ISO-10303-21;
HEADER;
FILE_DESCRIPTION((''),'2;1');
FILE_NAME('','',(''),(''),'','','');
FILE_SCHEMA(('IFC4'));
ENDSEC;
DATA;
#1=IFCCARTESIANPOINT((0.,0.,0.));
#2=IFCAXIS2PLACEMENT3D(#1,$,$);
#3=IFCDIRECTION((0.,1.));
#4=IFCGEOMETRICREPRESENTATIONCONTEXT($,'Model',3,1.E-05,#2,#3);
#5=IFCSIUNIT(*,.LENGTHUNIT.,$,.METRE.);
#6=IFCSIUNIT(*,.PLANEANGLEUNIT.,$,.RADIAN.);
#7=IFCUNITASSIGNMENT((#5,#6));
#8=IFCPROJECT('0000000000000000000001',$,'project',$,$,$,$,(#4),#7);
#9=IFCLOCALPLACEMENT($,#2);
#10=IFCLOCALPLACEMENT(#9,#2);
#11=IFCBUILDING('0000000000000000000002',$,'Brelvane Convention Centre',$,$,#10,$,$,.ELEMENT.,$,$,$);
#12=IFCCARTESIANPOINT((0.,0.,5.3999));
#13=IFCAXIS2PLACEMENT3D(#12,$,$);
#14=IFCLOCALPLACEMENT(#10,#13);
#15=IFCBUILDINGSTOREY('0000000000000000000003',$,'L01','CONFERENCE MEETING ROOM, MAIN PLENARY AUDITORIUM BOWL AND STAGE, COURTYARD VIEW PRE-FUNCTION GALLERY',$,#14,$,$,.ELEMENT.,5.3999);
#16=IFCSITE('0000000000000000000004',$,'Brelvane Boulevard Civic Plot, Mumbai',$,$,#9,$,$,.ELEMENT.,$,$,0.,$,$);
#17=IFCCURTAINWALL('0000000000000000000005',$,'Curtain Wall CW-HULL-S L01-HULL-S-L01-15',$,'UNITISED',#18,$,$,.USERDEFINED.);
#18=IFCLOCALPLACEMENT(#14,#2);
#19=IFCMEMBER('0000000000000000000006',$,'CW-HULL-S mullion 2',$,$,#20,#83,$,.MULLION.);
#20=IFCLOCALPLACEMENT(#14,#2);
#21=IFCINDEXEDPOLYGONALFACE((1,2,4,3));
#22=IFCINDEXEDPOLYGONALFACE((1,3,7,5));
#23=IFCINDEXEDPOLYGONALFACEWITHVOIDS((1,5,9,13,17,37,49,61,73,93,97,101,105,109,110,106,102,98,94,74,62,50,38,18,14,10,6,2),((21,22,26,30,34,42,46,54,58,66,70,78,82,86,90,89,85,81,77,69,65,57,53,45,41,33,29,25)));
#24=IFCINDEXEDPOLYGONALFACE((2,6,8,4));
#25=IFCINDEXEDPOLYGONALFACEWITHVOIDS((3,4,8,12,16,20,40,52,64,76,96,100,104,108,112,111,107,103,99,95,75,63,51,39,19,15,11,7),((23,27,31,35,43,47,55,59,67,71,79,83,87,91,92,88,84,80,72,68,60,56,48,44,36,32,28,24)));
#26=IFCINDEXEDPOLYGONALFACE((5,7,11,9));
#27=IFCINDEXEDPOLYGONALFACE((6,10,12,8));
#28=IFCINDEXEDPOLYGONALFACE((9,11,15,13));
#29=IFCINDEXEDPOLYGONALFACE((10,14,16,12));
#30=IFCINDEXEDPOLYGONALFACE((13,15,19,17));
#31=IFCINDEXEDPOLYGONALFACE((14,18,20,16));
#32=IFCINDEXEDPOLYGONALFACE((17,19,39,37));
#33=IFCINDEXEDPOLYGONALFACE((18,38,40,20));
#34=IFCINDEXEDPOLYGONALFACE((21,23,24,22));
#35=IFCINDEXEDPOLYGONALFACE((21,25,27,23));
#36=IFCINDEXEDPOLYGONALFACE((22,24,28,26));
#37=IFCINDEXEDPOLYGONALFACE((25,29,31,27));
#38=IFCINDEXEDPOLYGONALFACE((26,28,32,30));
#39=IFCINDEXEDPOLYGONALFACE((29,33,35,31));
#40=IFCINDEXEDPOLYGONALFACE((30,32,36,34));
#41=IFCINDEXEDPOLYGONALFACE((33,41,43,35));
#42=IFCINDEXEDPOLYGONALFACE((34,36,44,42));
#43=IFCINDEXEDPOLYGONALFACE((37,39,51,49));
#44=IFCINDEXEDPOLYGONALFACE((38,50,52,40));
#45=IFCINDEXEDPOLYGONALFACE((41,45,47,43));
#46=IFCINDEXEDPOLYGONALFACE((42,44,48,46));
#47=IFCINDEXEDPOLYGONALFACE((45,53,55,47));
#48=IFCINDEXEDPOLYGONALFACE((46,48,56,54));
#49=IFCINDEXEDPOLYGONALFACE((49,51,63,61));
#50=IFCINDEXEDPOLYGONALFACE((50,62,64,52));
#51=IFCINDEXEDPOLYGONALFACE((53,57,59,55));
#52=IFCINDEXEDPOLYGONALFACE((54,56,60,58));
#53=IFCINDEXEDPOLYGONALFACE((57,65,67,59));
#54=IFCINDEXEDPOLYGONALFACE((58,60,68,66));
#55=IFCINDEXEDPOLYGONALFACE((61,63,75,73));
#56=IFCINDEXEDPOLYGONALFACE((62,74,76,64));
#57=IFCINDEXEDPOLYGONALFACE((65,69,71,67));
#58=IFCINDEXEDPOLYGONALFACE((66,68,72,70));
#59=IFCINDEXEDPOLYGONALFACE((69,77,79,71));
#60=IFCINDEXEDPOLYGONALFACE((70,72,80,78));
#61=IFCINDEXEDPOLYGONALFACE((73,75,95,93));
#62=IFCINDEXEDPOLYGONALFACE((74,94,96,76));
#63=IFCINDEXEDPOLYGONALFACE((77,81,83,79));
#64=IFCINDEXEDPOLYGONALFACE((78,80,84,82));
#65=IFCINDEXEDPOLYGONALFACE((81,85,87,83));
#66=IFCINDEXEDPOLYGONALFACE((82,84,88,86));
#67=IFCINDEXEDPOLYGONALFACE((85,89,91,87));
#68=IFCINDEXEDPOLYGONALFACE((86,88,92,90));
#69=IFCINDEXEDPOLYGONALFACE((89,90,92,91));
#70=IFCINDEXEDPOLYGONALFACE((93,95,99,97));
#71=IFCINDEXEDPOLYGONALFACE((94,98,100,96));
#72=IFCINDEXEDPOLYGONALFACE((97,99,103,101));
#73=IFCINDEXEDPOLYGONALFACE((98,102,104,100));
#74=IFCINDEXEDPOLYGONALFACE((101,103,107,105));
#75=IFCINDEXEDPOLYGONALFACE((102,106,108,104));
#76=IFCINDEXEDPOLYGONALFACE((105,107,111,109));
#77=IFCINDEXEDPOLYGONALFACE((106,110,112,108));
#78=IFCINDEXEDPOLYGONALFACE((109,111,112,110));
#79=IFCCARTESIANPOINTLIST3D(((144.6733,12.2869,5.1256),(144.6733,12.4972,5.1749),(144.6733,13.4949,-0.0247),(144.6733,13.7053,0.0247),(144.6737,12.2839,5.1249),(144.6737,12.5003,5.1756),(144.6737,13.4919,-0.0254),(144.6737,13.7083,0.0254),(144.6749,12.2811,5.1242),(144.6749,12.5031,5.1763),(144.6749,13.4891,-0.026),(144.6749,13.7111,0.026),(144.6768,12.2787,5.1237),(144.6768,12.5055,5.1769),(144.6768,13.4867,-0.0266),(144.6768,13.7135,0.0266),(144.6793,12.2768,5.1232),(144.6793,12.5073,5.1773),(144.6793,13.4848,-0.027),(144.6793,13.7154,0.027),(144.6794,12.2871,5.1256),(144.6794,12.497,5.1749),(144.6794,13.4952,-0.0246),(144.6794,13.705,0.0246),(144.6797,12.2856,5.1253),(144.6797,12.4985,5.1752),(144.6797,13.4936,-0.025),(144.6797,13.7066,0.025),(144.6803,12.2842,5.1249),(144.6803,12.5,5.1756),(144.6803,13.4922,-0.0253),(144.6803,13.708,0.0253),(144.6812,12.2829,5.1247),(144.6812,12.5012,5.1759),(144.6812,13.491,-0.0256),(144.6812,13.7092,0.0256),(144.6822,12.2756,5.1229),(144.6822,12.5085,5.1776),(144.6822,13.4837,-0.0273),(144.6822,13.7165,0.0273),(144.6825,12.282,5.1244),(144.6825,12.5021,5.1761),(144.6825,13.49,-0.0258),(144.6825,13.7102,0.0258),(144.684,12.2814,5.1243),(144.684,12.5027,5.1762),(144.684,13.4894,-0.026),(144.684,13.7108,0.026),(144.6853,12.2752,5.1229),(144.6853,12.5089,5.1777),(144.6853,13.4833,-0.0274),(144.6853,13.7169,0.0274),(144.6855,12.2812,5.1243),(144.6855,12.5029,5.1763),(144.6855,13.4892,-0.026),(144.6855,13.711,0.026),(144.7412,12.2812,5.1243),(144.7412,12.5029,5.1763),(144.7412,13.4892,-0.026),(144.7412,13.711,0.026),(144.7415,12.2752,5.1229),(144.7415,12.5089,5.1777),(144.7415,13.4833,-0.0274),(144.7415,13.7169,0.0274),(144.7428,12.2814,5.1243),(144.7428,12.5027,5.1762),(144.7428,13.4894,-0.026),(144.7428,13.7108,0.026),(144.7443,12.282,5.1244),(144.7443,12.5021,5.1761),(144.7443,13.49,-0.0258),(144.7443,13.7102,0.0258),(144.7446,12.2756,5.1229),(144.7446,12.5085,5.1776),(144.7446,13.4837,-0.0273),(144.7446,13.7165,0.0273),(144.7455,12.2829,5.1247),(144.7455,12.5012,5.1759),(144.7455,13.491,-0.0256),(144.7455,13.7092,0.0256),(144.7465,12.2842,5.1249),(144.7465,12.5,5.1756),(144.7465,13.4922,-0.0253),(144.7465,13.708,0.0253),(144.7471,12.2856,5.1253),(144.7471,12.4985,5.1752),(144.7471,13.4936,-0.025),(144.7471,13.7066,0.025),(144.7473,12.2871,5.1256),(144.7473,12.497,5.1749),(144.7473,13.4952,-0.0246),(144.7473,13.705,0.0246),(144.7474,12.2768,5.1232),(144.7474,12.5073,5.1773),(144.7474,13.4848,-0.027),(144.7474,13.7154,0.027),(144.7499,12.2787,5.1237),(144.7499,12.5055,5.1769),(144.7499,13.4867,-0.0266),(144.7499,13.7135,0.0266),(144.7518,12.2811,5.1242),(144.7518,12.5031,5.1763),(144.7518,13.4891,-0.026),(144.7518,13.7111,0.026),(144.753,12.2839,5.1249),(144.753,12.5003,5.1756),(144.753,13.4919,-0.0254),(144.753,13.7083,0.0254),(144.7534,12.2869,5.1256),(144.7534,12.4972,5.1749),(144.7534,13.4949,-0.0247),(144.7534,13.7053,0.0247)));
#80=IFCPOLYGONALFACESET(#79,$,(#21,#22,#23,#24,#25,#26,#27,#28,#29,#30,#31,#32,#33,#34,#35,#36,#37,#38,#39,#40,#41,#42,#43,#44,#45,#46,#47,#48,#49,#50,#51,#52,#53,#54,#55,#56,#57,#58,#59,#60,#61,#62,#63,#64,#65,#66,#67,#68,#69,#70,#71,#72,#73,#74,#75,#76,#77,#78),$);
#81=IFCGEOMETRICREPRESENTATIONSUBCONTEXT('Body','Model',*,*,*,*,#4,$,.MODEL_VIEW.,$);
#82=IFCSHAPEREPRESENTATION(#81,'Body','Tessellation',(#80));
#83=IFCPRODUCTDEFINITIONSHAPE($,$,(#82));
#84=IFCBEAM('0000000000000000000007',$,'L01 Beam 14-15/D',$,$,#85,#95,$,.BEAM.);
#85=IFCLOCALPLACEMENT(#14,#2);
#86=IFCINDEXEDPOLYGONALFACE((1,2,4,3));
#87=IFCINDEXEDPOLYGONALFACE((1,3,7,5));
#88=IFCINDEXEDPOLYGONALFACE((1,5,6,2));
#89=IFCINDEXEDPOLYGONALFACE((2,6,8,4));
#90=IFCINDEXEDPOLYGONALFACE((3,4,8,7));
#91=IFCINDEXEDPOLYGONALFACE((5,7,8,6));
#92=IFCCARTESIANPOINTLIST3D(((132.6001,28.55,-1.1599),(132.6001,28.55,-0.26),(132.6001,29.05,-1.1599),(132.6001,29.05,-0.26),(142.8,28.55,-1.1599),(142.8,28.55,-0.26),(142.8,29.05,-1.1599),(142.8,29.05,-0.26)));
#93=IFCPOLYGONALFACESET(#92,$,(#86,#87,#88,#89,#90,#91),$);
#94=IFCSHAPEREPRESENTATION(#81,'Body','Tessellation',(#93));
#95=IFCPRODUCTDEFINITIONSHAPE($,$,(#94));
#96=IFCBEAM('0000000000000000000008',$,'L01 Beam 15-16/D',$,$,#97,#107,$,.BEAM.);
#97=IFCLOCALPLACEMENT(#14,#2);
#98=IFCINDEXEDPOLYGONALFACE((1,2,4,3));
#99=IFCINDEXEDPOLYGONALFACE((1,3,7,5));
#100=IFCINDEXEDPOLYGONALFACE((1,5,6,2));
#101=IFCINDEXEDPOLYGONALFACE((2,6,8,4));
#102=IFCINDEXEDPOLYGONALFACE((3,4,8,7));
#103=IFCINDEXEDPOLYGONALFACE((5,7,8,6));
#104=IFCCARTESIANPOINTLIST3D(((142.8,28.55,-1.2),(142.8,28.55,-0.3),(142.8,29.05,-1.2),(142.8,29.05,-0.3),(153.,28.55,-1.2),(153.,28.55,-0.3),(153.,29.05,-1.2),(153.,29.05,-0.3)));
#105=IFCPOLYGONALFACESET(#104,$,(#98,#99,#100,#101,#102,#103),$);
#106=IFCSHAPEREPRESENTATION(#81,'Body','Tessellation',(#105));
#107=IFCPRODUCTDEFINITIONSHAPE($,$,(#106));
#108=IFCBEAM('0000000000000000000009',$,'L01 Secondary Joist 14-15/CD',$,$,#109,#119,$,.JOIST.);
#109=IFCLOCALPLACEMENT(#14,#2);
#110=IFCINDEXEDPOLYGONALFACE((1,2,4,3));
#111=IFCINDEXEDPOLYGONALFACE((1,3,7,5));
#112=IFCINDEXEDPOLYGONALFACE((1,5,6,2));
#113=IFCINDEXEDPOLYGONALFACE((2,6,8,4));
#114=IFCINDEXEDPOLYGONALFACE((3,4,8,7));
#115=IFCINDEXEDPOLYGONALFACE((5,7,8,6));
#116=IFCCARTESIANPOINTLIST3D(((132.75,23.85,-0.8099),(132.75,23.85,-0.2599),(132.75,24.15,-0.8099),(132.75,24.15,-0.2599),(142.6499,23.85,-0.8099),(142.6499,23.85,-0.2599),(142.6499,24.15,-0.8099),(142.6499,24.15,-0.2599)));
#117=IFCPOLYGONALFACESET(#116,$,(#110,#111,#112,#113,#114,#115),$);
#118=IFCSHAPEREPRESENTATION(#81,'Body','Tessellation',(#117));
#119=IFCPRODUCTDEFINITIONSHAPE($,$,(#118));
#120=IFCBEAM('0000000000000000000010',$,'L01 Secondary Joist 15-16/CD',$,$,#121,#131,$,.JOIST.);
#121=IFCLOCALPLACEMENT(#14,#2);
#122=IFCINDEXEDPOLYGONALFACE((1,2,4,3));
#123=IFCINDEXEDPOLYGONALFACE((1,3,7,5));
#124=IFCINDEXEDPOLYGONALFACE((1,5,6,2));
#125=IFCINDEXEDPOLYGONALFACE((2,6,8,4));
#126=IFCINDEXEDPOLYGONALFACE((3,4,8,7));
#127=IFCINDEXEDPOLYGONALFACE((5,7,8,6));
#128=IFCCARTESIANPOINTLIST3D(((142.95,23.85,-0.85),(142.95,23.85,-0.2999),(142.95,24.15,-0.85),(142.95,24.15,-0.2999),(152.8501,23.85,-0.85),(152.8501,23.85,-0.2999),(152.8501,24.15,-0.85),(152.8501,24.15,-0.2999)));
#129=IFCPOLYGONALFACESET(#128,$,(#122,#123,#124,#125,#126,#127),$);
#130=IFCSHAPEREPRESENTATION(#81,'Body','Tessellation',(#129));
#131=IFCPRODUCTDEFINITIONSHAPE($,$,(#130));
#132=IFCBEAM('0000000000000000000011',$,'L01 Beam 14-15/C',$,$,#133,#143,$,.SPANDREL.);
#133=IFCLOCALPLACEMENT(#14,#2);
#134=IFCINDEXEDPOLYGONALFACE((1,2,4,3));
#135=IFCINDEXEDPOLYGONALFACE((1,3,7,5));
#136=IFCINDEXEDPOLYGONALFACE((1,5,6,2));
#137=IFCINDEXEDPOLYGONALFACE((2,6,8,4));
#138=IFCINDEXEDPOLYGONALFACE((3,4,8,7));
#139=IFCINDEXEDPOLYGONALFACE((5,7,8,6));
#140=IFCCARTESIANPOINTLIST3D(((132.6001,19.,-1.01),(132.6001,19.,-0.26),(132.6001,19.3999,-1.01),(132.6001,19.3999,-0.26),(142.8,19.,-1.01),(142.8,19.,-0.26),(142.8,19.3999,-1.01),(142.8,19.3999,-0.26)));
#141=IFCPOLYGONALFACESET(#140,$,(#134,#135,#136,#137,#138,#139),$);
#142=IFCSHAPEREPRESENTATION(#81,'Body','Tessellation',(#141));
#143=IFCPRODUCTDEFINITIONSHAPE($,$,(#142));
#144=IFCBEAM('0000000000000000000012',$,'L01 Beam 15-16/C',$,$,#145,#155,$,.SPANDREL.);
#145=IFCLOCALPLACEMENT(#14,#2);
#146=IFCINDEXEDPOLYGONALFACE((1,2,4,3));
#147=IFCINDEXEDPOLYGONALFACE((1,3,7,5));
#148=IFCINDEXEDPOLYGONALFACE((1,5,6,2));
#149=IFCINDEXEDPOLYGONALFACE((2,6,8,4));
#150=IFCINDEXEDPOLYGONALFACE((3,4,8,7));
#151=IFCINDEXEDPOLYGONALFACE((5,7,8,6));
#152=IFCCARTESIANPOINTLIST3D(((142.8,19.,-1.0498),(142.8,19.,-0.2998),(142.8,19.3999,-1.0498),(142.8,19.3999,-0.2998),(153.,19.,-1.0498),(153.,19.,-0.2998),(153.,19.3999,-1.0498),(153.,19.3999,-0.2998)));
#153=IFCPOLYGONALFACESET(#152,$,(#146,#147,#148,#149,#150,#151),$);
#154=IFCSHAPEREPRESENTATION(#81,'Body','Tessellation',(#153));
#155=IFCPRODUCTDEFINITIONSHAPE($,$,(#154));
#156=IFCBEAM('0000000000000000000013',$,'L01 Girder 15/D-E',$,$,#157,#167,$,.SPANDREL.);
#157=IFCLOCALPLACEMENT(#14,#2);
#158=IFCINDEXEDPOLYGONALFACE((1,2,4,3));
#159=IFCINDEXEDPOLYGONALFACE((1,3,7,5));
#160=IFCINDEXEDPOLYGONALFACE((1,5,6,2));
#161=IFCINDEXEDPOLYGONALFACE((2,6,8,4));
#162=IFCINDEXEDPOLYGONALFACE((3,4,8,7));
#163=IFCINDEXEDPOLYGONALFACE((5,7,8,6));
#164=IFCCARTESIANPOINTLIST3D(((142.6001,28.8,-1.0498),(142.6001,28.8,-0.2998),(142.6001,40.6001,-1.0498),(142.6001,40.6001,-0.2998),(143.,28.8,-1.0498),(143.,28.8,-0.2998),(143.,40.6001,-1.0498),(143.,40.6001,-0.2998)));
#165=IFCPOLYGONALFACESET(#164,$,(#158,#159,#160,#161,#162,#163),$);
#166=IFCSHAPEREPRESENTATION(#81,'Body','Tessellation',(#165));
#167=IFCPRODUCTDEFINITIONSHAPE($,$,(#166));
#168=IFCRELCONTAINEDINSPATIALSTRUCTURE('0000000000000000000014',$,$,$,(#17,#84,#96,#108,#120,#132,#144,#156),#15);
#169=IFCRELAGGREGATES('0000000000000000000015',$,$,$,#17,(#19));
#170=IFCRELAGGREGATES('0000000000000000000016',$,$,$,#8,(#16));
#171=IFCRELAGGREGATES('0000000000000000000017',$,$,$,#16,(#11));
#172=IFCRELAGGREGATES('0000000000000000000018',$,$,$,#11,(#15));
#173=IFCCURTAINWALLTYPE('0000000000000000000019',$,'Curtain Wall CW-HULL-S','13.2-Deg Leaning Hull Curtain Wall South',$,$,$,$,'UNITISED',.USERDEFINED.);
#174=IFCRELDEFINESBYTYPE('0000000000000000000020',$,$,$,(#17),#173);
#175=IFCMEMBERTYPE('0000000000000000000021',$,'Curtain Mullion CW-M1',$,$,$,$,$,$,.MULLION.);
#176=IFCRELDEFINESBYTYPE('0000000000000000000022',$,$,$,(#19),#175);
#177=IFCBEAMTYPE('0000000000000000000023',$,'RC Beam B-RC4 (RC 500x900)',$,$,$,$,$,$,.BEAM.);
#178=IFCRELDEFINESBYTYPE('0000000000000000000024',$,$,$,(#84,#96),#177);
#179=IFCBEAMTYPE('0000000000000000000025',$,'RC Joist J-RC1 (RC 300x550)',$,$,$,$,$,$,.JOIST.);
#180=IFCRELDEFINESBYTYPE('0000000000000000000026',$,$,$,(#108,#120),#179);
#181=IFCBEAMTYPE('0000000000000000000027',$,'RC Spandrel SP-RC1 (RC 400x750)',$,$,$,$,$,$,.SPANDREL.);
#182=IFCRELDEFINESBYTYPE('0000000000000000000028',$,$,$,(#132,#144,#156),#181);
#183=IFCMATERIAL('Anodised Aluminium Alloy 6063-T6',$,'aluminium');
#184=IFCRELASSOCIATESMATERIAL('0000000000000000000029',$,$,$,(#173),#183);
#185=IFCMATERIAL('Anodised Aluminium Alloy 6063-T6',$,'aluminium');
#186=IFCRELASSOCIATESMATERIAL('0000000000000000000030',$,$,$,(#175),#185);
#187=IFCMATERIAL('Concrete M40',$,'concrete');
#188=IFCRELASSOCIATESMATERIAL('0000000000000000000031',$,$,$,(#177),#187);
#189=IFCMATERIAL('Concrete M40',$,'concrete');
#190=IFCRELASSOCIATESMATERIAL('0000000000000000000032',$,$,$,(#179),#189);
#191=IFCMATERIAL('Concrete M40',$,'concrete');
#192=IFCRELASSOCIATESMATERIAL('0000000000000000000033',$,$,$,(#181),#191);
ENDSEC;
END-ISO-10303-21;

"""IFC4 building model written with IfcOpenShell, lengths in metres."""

from ifc_helpers import new_model, si_unit, direction, frame, origin, origin_2d, place, context, subcontext, project, spatial, rectangle, hollow_rectangle, extrude, material, material_profile, profile_set, type_object, element, aggregate, save


model = new_model("IFC4")

# Units and contexts
model_context = context("Model", 3, precision=1e-05, world=origin(), true_north=direction((0.0, 1.0)))
body_context = subcontext(model_context, "Body", "Model", "MODEL_VIEW")
ifc_project = project(units=[si_unit("LENGTHUNIT", "METRE"), si_unit("PLANEANGLEUNIT", "RADIAN")], contexts=[model_context])

# Site, building, storey
site_placement = place(None, origin())
site = spatial("IfcSite", under=ifc_project, at=site_placement, Name="Brelvane Boulevard Civic Plot, Mumbai", CompositionType="ELEMENT", RefElevation=0.0)
building_placement = place(site_placement, origin())
building = spatial("IfcBuilding", under=site, at=building_placement, Name="Brelvane Convention Centre", CompositionType="ELEMENT")
storey_placement = place(building_placement, frame((0.0, 0.0, 5.3999)))
storey = spatial("IfcBuildingStorey", under=building, at=storey_placement, Name="L01", Description="CONFERENCE MEETING ROOM, MAIN PLENARY AUDITORIUM BOWL AND STAGE, COURTYARD VIEW PRE-FUNCTION GALLERY", CompositionType="ELEMENT", Elevation=5.3999)

# Curtain wall, member
ifc_material_1 = material(Name="Anodised Aluminium Alloy 6063-T6", Category="aluminium")
curtain_wall_type = type_object("IfcCurtainWallType", Name="Curtain Wall CW-HULL-S", Description="13.2-Deg Leaning Hull Curtain Wall South", ElementType="UNITISED", PredefinedType="USERDEFINED", material=ifc_material_1)
ifc_material_2 = material(Name="Anodised Aluminium Alloy 6063-T6", Category="aluminium")
ifc_material_profile_1 = material_profile(ifc_material_2, hollow_rectangle(XDim=0.0801, YDim=0.24, WallThickness=0.0061, InnerFilletRadius=0.0061, OuterFilletRadius=0.012, at=origin_2d()), Name="ALU-M 240x80x6.0")
ifc_profile_set_1 = profile_set([ifc_material_profile_1], Name="Anodised Aluminium Alloy 6063-T6")
member_type_1 = type_object("IfcMemberType", Name="Curtain Mullion CW-M1", PredefinedType="MULLION", material=ifc_profile_set_1)
curtain_wall_1_placement = place(storey_placement, origin())
curtain_wall_1 = element("IfcCurtainWall", 1, at=curtain_wall_1_placement, inside=storey, type_object=curtain_wall_type, Name="Curtain Wall CW-HULL-S L01-HULL-S-L01-15", ObjectType="UNITISED", PredefinedType="USERDEFINED")
member_1_placement = place(storey_placement, frame((144.7134, 13.6001, 0.0), z_axis=(0.0, -0.22836, 0.973577), x_axis=(1.0, 0.0, 0.0)))
member_1 = element("IfcMember", 2, at=member_1_placement, type_object=member_type_1, Name="CW-HULL-S mullion 2", PredefinedType="MULLION", context=body_context, shape_type="SweptSolid", body=[
    extrude(hollow_rectangle(XDim=0.0801, YDim=0.24, WallThickness=0.0061, InnerFilletRadius=0.0061, OuterFilletRadius=0.012, at=origin_2d()), origin(), (0.0, 0.0, 1.0), 5.29),
])
aggregate(curtain_wall_1, [member_1])

# Beams
ifc_material_3 = material(Name="Concrete M40", Category="concrete")
ifc_material_profile_2 = material_profile(ifc_material_3, rectangle(XDim=0.5, YDim=0.8999, at=origin_2d()), Name="RC 500x900")
ifc_profile_set_2 = profile_set([ifc_material_profile_2], Name="Concrete M40")
beam_type_1 = type_object("IfcBeamType", Name="RC Beam B-RC4 (RC 500x900)", PredefinedType="BEAM", material=ifc_profile_set_2)
for number, where, z_axis, x_axis, name in (
    (3, (132.6001, 28.8, -0.71), (1.0, 0.0, 0.0), (0.0, 1.0, 0.0), "L01 Beam 14-15/D"),
    (4, (142.8, 28.8, -0.75), (1.0, 0.0, 0.0), (0.0, 1.0, 0.0), "L01 Beam 15-16/D"),
):
    element("IfcBeam", number, at=place(storey_placement, frame(where, z_axis=z_axis, x_axis=x_axis)), inside=storey, type_object=beam_type_1, Name=name, PredefinedType="BEAM", context=body_context, shape_type="SweptSolid", body=[
        extrude(rectangle(XDim=0.5, YDim=0.8999, at=origin_2d()), origin(), (0.0, 0.0, 1.0), 10.2),
    ])
ifc_material_4 = material(Name="Concrete M40", Category="concrete")
ifc_material_profile_3 = material_profile(ifc_material_4, rectangle(XDim=0.3, YDim=0.55, at=origin_2d()), Name="RC 300x550")
ifc_profile_set_3 = profile_set([ifc_material_profile_3], Name="Concrete M40")
beam_type_2 = type_object("IfcBeamType", Name="RC Joist J-RC1 (RC 300x550)", PredefinedType="JOIST", material=ifc_profile_set_3)
beam_1_placement = place(storey_placement, frame((132.75, 24.0, -0.5349), z_axis=(1.0, 0.0, 0.0), x_axis=(0.0, 1.0, 0.0)))
element("IfcBeam", 5, at=beam_1_placement, inside=storey, type_object=beam_type_2, Name="L01 Secondary Joist 14-15/CD", PredefinedType="JOIST", context=body_context, shape_type="SweptSolid", body=[
    extrude(rectangle(XDim=0.3, YDim=0.55, at=origin_2d()), origin(), (0.0, 0.0, 1.0), 9.8999),
])
beam_2_placement = place(storey_placement, frame((142.95, 24.0, -0.575), z_axis=(1.0, 0.0, 0.0), x_axis=(0.0, 1.0, 0.0)))
element("IfcBeam", 6, at=beam_2_placement, inside=storey, type_object=beam_type_2, Name="L01 Secondary Joist 15-16/CD", PredefinedType="JOIST", context=body_context, shape_type="SweptSolid", body=[
    extrude(rectangle(XDim=0.3, YDim=0.55, at=origin_2d()), origin(), (0.0, 0.0, 1.0), 9.9001),
])
ifc_material_5 = material(Name="Concrete M40", Category="concrete")
ifc_material_profile_4 = material_profile(ifc_material_5, rectangle(XDim=0.3999, YDim=0.75, at=origin_2d()), Name="RC 400x750")
ifc_profile_set_4 = profile_set([ifc_material_profile_4], Name="Concrete M40")
beam_type_3 = type_object("IfcBeamType", Name="RC Spandrel SP-RC1 (RC 400x750)", PredefinedType="SPANDREL", material=ifc_profile_set_4)
for number, where, z_axis, x_axis, name in (
    (7, (132.6001, 19.2, -0.635), (1.0, 0.0, 0.0), (0.0, 1.0, 0.0), "L01 Beam 14-15/C"),
    (8, (142.8, 19.2, -0.6748), (1.0, 0.0, 0.0), (0.0, 1.0, 0.0), "L01 Beam 15-16/C"),
):
    element("IfcBeam", number, at=place(storey_placement, frame(where, z_axis=z_axis, x_axis=x_axis)), inside=storey, type_object=beam_type_3, Name=name, PredefinedType="SPANDREL", context=body_context, shape_type="SweptSolid", body=[
        extrude(rectangle(XDim=0.3999, YDim=0.75, at=origin_2d()), origin(), (0.0, 0.0, 1.0), 10.2),
    ])
beam_3_placement = place(storey_placement, frame((142.8, 28.8, -0.6748), z_axis=(0.0, 1.0, 0.0), x_axis=(-1.0, 0.0, 0.0)))
element("IfcBeam", 9, at=beam_3_placement, inside=storey, type_object=beam_type_3, Name="L01 Girder 15/D-E", PredefinedType="SPANDREL", context=body_context, shape_type="SweptSolid", body=[
    extrude(rectangle(XDim=0.3999, YDim=0.75, at=origin_2d()), origin(), (0.0, 0.0, 1.0), 11.8),
])

save(model, "model.ifc")
